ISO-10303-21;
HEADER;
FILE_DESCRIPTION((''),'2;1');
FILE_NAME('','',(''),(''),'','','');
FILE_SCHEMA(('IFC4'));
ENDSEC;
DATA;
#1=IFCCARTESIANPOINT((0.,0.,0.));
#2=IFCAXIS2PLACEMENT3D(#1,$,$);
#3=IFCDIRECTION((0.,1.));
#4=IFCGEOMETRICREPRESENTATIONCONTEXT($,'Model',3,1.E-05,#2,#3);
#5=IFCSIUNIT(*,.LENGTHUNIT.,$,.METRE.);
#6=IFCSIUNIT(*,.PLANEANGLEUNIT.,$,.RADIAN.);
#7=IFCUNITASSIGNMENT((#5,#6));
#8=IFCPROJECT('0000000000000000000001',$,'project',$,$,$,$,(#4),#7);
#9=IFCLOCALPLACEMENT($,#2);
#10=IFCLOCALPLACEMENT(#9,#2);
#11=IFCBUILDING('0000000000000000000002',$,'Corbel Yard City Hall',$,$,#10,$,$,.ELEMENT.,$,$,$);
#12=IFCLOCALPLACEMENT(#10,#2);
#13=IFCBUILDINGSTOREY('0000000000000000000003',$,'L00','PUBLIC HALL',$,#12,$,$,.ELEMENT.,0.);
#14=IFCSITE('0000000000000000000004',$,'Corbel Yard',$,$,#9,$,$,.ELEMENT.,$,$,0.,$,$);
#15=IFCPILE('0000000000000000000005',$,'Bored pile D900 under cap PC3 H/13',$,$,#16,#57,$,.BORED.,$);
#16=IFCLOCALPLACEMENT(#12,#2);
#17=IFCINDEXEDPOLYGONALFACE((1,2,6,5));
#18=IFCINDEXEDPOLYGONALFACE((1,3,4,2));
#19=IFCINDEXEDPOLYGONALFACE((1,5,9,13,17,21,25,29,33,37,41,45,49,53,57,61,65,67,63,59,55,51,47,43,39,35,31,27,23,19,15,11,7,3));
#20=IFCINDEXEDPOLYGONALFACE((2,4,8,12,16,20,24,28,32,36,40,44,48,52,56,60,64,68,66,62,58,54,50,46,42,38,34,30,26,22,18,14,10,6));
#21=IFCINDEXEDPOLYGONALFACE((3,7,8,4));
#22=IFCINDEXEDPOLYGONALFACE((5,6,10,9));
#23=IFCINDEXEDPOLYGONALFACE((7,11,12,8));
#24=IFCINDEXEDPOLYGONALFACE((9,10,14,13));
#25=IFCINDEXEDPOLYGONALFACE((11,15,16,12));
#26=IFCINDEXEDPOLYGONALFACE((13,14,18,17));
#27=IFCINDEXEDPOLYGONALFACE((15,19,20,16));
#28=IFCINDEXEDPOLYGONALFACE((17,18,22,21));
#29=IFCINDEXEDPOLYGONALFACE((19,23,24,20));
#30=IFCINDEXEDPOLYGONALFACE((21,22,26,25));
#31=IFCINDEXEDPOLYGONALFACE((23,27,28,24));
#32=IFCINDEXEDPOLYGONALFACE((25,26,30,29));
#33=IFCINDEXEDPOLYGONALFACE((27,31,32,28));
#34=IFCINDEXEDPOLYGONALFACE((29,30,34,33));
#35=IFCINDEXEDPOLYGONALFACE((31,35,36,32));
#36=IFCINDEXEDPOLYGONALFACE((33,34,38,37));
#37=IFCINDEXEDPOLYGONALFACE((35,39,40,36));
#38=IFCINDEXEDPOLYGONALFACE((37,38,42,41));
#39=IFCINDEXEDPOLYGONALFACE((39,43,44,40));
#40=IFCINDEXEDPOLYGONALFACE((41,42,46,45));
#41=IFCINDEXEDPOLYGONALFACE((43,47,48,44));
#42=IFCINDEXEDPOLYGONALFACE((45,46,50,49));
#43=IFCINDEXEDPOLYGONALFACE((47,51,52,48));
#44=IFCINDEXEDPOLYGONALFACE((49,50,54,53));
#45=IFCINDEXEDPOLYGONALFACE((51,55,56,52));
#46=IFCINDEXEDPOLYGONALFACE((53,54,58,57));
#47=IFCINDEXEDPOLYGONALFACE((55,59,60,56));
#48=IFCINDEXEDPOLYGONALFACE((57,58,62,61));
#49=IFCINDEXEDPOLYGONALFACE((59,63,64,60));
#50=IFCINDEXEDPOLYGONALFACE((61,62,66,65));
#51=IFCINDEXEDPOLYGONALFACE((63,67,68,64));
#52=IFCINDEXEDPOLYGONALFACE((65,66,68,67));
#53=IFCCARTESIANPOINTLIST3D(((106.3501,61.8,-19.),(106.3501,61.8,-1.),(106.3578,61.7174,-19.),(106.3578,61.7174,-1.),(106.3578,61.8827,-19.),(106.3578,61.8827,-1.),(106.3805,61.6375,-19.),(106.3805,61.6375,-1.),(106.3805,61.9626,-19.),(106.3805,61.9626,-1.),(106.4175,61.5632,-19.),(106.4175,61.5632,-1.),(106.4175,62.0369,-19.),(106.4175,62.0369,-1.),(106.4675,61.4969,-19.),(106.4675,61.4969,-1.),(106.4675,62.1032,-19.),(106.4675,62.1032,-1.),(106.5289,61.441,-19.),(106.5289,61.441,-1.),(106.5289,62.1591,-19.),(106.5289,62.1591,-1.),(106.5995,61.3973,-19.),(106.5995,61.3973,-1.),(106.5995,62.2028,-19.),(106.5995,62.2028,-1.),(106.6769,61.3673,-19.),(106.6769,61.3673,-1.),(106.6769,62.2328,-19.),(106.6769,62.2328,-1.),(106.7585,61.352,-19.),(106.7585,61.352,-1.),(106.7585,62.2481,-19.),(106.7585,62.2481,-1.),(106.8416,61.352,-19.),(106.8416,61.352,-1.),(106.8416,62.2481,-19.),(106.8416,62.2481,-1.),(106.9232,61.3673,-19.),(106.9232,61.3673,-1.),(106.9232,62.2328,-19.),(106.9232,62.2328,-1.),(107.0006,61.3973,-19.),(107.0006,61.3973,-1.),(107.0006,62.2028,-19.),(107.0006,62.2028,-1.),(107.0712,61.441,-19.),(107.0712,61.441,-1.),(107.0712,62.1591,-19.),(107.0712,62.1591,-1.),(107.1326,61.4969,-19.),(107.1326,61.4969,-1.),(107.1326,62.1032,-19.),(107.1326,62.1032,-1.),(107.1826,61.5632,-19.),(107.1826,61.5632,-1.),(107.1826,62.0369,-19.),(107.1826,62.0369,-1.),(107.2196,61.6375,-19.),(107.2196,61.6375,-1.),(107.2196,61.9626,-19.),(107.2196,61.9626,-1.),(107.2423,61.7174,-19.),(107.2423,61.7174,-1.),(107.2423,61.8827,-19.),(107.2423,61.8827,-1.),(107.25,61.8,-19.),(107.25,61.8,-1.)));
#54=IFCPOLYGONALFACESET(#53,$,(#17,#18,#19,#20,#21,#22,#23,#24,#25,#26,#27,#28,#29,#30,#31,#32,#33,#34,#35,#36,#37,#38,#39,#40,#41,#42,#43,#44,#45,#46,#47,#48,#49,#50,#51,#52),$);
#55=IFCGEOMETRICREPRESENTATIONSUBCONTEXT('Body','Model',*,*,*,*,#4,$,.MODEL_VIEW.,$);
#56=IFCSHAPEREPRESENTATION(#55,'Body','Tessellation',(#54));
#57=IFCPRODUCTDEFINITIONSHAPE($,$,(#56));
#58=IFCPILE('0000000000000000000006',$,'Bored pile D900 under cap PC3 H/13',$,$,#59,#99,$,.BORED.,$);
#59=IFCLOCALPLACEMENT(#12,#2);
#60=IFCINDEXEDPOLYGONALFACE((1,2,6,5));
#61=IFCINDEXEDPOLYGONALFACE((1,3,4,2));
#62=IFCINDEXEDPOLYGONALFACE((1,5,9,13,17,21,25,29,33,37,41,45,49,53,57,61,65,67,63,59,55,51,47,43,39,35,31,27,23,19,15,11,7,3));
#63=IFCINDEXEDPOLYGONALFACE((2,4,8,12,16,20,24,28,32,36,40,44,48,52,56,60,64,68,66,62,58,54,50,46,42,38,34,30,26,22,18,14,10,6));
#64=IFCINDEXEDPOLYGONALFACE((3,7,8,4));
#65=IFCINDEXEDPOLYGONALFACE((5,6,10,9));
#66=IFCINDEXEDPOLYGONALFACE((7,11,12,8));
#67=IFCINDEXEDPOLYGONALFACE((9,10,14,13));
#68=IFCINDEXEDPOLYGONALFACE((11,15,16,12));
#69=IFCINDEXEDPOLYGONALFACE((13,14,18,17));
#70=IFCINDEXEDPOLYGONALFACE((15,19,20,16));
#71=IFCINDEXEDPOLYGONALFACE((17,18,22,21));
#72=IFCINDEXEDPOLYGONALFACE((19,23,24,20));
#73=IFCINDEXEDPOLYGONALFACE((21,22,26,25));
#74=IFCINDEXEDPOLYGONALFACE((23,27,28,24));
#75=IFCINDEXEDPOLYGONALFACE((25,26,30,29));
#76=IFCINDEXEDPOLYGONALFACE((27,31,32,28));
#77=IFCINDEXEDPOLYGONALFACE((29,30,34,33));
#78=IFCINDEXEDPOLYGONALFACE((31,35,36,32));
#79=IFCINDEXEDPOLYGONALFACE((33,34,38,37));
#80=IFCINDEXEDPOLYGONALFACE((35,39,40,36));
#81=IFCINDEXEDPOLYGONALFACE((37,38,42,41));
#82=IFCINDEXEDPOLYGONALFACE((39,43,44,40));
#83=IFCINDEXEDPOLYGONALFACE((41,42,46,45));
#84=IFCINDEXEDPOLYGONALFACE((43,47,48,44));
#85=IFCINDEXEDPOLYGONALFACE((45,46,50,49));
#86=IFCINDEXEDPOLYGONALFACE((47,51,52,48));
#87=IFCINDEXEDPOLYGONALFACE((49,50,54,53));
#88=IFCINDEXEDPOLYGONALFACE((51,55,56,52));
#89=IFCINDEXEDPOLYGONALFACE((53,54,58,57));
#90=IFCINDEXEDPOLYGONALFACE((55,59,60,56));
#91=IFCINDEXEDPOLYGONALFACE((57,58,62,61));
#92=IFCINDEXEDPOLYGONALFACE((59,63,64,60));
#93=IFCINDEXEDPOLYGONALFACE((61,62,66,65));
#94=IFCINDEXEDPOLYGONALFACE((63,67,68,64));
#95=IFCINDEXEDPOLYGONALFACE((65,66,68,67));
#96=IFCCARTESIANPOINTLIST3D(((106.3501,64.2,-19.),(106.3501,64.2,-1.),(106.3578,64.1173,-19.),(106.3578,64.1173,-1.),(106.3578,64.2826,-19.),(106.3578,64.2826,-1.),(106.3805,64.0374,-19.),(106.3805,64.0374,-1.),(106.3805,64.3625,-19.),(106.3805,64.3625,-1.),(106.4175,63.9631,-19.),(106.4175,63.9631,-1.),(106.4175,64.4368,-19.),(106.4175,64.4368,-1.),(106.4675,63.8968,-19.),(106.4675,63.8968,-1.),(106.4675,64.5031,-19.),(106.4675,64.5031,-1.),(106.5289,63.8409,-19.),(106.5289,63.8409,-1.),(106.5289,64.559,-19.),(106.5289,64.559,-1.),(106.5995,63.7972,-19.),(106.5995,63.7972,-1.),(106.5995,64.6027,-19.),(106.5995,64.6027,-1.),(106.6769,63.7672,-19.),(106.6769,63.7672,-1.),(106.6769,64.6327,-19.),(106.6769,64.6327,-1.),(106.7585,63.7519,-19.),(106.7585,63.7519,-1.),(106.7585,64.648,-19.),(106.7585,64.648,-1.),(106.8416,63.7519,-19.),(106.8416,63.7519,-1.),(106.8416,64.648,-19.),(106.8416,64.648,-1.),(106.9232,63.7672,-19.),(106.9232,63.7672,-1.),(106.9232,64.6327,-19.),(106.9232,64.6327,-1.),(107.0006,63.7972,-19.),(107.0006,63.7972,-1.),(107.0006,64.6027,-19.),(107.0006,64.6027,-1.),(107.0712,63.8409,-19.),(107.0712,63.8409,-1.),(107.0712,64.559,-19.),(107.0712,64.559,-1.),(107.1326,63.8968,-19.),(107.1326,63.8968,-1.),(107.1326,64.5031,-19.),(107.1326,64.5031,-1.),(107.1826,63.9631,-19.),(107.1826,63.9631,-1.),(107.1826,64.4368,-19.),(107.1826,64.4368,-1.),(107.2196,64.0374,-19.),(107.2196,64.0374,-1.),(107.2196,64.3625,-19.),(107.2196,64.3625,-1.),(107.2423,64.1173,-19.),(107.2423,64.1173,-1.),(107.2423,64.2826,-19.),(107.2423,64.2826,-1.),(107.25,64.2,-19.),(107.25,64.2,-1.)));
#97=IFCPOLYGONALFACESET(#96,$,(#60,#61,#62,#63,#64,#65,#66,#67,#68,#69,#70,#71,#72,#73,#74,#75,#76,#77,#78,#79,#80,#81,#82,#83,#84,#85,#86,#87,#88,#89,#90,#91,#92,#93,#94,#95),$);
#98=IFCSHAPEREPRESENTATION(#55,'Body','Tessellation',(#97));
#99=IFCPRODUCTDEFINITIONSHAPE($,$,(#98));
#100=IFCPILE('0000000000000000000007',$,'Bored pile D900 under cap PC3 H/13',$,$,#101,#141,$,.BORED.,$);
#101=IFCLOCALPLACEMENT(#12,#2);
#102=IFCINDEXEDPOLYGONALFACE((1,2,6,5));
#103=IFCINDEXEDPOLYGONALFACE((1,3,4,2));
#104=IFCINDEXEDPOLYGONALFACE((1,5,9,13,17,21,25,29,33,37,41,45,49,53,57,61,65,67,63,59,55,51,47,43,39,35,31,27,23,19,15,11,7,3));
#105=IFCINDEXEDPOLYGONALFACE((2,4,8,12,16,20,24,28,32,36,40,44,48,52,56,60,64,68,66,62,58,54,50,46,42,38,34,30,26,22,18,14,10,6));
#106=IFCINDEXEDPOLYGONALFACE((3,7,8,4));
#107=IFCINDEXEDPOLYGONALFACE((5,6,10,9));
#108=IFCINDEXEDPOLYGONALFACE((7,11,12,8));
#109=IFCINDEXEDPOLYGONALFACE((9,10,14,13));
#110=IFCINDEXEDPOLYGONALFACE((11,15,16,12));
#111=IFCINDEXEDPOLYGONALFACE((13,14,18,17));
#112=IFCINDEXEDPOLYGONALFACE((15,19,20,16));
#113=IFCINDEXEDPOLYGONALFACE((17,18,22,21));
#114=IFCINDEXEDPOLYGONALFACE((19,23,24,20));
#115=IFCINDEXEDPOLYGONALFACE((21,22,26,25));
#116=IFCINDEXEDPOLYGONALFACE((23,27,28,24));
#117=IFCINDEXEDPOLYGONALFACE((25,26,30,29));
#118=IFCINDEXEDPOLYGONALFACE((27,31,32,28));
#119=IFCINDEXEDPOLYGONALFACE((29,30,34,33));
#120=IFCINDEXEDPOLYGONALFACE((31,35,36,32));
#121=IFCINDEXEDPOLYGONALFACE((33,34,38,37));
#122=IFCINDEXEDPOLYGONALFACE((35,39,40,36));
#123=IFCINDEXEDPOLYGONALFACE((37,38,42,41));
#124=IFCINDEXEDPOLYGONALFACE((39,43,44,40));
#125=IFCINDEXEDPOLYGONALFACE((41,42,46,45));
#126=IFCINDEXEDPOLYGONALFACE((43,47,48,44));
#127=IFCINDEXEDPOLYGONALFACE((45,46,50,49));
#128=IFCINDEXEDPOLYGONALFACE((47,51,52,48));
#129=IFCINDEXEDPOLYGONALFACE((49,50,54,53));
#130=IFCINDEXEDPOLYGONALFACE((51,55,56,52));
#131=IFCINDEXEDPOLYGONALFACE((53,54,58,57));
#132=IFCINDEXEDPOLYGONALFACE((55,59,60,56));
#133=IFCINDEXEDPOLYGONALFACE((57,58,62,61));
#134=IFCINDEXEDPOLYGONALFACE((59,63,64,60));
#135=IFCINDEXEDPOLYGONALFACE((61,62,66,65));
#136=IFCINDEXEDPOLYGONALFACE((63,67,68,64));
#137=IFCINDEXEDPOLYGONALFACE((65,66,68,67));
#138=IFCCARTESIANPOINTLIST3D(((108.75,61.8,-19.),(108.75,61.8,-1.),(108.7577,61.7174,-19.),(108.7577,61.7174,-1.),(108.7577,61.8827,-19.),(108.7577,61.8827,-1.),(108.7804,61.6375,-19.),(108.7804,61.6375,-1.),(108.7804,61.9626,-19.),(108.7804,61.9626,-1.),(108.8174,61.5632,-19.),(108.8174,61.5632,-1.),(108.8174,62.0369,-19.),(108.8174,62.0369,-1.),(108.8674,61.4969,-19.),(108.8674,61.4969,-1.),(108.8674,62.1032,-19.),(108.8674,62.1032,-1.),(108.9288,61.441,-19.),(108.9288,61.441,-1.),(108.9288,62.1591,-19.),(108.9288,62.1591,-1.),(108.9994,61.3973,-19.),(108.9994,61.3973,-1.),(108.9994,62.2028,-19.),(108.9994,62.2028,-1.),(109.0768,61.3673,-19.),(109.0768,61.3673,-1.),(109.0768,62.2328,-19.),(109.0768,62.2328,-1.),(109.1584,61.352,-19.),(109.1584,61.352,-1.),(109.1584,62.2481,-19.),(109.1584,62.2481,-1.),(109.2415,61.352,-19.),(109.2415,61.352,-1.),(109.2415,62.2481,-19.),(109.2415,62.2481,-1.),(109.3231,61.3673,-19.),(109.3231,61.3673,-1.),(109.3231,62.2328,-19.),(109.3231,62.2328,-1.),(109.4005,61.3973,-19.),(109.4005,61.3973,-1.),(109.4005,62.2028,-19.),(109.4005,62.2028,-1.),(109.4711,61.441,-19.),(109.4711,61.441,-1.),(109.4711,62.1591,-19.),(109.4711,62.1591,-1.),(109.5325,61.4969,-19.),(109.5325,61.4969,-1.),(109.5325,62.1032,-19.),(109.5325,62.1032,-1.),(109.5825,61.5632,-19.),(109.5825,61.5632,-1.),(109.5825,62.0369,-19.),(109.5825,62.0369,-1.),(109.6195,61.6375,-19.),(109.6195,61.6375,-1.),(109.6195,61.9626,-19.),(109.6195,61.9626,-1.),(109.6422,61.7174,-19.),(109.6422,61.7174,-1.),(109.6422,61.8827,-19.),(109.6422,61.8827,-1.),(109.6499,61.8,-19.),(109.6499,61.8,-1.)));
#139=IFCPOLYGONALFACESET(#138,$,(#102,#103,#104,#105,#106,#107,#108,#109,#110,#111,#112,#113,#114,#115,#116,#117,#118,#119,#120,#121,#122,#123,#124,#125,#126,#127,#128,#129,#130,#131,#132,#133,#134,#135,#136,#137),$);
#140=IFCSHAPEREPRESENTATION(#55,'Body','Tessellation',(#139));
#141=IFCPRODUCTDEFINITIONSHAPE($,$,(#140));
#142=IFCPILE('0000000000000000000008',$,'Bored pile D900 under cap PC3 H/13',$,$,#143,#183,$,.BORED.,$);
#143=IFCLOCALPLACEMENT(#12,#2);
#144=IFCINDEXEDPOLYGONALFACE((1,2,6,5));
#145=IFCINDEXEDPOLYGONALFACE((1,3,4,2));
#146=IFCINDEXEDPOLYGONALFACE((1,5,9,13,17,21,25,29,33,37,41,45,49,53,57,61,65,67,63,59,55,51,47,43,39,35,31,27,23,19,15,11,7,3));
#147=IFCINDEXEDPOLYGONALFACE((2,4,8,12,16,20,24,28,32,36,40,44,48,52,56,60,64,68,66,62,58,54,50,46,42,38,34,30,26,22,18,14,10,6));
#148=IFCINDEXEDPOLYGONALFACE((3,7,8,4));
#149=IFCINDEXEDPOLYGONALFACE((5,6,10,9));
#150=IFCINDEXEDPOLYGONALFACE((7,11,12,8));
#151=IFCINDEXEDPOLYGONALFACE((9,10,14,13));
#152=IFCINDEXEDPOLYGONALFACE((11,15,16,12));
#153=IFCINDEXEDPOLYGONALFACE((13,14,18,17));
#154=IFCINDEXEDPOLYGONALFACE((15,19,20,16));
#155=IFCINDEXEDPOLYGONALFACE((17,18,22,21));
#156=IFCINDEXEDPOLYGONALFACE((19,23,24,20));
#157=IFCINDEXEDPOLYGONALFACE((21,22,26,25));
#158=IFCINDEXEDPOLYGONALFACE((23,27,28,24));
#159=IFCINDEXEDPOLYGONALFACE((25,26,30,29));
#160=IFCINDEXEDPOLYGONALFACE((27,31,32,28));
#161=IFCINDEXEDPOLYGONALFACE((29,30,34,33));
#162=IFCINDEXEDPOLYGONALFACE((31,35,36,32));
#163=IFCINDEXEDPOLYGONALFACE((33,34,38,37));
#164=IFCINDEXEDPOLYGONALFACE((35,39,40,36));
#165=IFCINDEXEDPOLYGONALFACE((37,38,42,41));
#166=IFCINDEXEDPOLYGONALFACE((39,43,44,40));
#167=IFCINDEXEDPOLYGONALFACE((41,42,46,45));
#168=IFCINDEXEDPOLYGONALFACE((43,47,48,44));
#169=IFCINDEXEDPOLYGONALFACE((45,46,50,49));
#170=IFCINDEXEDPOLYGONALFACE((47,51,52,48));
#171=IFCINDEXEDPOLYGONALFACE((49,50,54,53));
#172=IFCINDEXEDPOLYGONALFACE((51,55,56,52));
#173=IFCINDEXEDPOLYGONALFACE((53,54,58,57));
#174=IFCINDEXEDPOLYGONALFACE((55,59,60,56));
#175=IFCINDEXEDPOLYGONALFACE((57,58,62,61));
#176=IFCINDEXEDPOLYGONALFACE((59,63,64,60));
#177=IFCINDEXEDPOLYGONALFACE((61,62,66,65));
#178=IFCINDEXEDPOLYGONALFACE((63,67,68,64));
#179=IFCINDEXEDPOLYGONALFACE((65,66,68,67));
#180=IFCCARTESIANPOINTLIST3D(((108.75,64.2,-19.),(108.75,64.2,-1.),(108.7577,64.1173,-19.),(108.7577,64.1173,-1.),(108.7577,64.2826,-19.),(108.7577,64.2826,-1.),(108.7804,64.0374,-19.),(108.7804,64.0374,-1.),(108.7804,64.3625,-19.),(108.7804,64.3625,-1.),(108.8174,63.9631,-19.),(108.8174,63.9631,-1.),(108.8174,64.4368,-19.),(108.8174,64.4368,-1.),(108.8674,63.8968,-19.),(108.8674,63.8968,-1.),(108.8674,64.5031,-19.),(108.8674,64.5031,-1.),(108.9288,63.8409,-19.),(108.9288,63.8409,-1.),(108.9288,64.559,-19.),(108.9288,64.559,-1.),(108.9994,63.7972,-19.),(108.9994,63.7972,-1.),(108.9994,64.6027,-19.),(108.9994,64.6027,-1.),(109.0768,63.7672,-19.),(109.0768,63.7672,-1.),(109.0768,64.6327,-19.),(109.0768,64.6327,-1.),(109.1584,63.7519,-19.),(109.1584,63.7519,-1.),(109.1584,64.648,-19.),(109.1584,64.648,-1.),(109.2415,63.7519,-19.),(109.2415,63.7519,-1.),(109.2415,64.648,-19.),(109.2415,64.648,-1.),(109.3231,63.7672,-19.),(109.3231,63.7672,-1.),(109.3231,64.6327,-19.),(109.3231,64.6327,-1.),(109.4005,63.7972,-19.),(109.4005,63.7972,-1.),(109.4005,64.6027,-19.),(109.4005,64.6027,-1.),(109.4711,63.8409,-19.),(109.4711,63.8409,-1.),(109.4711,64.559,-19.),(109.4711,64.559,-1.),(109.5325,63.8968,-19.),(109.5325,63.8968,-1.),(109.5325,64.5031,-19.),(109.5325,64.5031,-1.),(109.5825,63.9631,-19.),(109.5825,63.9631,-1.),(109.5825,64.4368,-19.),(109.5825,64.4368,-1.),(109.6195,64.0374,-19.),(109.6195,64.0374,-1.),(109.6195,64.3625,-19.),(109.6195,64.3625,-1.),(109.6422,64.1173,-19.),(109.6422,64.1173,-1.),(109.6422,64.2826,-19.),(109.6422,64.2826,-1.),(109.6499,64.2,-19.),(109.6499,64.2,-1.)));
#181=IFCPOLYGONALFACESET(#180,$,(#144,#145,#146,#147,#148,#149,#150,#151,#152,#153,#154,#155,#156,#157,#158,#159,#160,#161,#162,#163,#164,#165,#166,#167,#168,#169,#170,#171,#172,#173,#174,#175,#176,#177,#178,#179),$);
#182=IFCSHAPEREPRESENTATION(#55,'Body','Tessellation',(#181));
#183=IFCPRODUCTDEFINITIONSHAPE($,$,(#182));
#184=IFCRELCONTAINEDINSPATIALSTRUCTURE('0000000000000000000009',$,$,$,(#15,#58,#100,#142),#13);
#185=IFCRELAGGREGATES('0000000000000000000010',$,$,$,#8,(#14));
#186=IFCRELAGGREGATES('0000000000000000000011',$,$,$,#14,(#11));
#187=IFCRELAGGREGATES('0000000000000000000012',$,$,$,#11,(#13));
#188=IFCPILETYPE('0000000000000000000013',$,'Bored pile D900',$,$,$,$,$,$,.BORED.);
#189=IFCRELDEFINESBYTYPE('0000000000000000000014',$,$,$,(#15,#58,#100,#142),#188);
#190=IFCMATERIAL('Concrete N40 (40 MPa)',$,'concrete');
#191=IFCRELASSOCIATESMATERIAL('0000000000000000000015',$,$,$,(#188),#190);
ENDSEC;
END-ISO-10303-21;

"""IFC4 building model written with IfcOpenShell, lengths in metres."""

from ifc_helpers import new_model, si_unit, direction, frame, origin, origin_2d, place, context, subcontext, project, spatial, circle, extrude, material, material_profile, profile_set, type_object, element, save


model = new_model("IFC4")

# Units and contexts
model_context = context("Model", 3, precision=1e-05, world=origin(), true_north=direction((0.0, 1.0)))
body_context = subcontext(model_context, "Body", "Model", "MODEL_VIEW")
ifc_project = project(units=[si_unit("LENGTHUNIT", "METRE"), si_unit("PLANEANGLEUNIT", "RADIAN")], contexts=[model_context])

# Site, building, storey
site_placement = place(None, origin())
site = spatial("IfcSite", under=ifc_project, at=site_placement, Name="Corbel Yard", CompositionType="ELEMENT", RefElevation=0.0)
building_placement = place(site_placement, origin())
building = spatial("IfcBuilding", under=site, at=building_placement, Name="Corbel Yard City Hall", CompositionType="ELEMENT")
storey_placement = place(building_placement, origin())
storey = spatial("IfcBuildingStorey", under=building, at=storey_placement, Name="L00", Description="PUBLIC HALL", CompositionType="ELEMENT", Elevation=0.0)

# Piles
ifc_material_1 = material(Name="Concrete N40 (40 MPa)", Category="concrete")
ifc_material_profile_1 = material_profile(ifc_material_1, circle(Radius=0.45, at=origin_2d()), Name="D900")
ifc_profile_set_1 = profile_set([ifc_material_profile_1], Name="Concrete N40 (40 MPa)")
pile_type = type_object("IfcPileType", Name="Bored pile D900", PredefinedType="BORED", material=ifc_profile_set_1)
for number, where, z_axis, x_axis, name in (
    (1, (106.8, 61.8, -1.0), (0.0, 0.0, -1.0), (1.0, 0.0, 0.0), "Bored pile D900 under cap PC3 H/13"),
    (2, (106.8, 64.2, -1.0), (0.0, 0.0, -1.0), (1.0, 0.0, 0.0), "Bored pile D900 under cap PC3 H/13"),
    (3, (109.2, 61.8, -1.0), (0.0, 0.0, -1.0), (1.0, 0.0, 0.0), "Bored pile D900 under cap PC3 H/13"),
    (4, (109.2, 64.2, -1.0), (0.0, 0.0, -1.0), (1.0, 0.0, 0.0), "Bored pile D900 under cap PC3 H/13"),
):
    element("IfcPile", number, at=place(storey_placement, frame(where, z_axis=z_axis, x_axis=x_axis)), inside=storey, type_object=pile_type, Name=name, PredefinedType="BORED", context=body_context, shape_type="SweptSolid", body=[
        extrude(circle(Radius=0.45, at=origin_2d()), origin(), (0.0, 0.0, 1.0), 18.0),
    ])

save(model, "model.ifc")
